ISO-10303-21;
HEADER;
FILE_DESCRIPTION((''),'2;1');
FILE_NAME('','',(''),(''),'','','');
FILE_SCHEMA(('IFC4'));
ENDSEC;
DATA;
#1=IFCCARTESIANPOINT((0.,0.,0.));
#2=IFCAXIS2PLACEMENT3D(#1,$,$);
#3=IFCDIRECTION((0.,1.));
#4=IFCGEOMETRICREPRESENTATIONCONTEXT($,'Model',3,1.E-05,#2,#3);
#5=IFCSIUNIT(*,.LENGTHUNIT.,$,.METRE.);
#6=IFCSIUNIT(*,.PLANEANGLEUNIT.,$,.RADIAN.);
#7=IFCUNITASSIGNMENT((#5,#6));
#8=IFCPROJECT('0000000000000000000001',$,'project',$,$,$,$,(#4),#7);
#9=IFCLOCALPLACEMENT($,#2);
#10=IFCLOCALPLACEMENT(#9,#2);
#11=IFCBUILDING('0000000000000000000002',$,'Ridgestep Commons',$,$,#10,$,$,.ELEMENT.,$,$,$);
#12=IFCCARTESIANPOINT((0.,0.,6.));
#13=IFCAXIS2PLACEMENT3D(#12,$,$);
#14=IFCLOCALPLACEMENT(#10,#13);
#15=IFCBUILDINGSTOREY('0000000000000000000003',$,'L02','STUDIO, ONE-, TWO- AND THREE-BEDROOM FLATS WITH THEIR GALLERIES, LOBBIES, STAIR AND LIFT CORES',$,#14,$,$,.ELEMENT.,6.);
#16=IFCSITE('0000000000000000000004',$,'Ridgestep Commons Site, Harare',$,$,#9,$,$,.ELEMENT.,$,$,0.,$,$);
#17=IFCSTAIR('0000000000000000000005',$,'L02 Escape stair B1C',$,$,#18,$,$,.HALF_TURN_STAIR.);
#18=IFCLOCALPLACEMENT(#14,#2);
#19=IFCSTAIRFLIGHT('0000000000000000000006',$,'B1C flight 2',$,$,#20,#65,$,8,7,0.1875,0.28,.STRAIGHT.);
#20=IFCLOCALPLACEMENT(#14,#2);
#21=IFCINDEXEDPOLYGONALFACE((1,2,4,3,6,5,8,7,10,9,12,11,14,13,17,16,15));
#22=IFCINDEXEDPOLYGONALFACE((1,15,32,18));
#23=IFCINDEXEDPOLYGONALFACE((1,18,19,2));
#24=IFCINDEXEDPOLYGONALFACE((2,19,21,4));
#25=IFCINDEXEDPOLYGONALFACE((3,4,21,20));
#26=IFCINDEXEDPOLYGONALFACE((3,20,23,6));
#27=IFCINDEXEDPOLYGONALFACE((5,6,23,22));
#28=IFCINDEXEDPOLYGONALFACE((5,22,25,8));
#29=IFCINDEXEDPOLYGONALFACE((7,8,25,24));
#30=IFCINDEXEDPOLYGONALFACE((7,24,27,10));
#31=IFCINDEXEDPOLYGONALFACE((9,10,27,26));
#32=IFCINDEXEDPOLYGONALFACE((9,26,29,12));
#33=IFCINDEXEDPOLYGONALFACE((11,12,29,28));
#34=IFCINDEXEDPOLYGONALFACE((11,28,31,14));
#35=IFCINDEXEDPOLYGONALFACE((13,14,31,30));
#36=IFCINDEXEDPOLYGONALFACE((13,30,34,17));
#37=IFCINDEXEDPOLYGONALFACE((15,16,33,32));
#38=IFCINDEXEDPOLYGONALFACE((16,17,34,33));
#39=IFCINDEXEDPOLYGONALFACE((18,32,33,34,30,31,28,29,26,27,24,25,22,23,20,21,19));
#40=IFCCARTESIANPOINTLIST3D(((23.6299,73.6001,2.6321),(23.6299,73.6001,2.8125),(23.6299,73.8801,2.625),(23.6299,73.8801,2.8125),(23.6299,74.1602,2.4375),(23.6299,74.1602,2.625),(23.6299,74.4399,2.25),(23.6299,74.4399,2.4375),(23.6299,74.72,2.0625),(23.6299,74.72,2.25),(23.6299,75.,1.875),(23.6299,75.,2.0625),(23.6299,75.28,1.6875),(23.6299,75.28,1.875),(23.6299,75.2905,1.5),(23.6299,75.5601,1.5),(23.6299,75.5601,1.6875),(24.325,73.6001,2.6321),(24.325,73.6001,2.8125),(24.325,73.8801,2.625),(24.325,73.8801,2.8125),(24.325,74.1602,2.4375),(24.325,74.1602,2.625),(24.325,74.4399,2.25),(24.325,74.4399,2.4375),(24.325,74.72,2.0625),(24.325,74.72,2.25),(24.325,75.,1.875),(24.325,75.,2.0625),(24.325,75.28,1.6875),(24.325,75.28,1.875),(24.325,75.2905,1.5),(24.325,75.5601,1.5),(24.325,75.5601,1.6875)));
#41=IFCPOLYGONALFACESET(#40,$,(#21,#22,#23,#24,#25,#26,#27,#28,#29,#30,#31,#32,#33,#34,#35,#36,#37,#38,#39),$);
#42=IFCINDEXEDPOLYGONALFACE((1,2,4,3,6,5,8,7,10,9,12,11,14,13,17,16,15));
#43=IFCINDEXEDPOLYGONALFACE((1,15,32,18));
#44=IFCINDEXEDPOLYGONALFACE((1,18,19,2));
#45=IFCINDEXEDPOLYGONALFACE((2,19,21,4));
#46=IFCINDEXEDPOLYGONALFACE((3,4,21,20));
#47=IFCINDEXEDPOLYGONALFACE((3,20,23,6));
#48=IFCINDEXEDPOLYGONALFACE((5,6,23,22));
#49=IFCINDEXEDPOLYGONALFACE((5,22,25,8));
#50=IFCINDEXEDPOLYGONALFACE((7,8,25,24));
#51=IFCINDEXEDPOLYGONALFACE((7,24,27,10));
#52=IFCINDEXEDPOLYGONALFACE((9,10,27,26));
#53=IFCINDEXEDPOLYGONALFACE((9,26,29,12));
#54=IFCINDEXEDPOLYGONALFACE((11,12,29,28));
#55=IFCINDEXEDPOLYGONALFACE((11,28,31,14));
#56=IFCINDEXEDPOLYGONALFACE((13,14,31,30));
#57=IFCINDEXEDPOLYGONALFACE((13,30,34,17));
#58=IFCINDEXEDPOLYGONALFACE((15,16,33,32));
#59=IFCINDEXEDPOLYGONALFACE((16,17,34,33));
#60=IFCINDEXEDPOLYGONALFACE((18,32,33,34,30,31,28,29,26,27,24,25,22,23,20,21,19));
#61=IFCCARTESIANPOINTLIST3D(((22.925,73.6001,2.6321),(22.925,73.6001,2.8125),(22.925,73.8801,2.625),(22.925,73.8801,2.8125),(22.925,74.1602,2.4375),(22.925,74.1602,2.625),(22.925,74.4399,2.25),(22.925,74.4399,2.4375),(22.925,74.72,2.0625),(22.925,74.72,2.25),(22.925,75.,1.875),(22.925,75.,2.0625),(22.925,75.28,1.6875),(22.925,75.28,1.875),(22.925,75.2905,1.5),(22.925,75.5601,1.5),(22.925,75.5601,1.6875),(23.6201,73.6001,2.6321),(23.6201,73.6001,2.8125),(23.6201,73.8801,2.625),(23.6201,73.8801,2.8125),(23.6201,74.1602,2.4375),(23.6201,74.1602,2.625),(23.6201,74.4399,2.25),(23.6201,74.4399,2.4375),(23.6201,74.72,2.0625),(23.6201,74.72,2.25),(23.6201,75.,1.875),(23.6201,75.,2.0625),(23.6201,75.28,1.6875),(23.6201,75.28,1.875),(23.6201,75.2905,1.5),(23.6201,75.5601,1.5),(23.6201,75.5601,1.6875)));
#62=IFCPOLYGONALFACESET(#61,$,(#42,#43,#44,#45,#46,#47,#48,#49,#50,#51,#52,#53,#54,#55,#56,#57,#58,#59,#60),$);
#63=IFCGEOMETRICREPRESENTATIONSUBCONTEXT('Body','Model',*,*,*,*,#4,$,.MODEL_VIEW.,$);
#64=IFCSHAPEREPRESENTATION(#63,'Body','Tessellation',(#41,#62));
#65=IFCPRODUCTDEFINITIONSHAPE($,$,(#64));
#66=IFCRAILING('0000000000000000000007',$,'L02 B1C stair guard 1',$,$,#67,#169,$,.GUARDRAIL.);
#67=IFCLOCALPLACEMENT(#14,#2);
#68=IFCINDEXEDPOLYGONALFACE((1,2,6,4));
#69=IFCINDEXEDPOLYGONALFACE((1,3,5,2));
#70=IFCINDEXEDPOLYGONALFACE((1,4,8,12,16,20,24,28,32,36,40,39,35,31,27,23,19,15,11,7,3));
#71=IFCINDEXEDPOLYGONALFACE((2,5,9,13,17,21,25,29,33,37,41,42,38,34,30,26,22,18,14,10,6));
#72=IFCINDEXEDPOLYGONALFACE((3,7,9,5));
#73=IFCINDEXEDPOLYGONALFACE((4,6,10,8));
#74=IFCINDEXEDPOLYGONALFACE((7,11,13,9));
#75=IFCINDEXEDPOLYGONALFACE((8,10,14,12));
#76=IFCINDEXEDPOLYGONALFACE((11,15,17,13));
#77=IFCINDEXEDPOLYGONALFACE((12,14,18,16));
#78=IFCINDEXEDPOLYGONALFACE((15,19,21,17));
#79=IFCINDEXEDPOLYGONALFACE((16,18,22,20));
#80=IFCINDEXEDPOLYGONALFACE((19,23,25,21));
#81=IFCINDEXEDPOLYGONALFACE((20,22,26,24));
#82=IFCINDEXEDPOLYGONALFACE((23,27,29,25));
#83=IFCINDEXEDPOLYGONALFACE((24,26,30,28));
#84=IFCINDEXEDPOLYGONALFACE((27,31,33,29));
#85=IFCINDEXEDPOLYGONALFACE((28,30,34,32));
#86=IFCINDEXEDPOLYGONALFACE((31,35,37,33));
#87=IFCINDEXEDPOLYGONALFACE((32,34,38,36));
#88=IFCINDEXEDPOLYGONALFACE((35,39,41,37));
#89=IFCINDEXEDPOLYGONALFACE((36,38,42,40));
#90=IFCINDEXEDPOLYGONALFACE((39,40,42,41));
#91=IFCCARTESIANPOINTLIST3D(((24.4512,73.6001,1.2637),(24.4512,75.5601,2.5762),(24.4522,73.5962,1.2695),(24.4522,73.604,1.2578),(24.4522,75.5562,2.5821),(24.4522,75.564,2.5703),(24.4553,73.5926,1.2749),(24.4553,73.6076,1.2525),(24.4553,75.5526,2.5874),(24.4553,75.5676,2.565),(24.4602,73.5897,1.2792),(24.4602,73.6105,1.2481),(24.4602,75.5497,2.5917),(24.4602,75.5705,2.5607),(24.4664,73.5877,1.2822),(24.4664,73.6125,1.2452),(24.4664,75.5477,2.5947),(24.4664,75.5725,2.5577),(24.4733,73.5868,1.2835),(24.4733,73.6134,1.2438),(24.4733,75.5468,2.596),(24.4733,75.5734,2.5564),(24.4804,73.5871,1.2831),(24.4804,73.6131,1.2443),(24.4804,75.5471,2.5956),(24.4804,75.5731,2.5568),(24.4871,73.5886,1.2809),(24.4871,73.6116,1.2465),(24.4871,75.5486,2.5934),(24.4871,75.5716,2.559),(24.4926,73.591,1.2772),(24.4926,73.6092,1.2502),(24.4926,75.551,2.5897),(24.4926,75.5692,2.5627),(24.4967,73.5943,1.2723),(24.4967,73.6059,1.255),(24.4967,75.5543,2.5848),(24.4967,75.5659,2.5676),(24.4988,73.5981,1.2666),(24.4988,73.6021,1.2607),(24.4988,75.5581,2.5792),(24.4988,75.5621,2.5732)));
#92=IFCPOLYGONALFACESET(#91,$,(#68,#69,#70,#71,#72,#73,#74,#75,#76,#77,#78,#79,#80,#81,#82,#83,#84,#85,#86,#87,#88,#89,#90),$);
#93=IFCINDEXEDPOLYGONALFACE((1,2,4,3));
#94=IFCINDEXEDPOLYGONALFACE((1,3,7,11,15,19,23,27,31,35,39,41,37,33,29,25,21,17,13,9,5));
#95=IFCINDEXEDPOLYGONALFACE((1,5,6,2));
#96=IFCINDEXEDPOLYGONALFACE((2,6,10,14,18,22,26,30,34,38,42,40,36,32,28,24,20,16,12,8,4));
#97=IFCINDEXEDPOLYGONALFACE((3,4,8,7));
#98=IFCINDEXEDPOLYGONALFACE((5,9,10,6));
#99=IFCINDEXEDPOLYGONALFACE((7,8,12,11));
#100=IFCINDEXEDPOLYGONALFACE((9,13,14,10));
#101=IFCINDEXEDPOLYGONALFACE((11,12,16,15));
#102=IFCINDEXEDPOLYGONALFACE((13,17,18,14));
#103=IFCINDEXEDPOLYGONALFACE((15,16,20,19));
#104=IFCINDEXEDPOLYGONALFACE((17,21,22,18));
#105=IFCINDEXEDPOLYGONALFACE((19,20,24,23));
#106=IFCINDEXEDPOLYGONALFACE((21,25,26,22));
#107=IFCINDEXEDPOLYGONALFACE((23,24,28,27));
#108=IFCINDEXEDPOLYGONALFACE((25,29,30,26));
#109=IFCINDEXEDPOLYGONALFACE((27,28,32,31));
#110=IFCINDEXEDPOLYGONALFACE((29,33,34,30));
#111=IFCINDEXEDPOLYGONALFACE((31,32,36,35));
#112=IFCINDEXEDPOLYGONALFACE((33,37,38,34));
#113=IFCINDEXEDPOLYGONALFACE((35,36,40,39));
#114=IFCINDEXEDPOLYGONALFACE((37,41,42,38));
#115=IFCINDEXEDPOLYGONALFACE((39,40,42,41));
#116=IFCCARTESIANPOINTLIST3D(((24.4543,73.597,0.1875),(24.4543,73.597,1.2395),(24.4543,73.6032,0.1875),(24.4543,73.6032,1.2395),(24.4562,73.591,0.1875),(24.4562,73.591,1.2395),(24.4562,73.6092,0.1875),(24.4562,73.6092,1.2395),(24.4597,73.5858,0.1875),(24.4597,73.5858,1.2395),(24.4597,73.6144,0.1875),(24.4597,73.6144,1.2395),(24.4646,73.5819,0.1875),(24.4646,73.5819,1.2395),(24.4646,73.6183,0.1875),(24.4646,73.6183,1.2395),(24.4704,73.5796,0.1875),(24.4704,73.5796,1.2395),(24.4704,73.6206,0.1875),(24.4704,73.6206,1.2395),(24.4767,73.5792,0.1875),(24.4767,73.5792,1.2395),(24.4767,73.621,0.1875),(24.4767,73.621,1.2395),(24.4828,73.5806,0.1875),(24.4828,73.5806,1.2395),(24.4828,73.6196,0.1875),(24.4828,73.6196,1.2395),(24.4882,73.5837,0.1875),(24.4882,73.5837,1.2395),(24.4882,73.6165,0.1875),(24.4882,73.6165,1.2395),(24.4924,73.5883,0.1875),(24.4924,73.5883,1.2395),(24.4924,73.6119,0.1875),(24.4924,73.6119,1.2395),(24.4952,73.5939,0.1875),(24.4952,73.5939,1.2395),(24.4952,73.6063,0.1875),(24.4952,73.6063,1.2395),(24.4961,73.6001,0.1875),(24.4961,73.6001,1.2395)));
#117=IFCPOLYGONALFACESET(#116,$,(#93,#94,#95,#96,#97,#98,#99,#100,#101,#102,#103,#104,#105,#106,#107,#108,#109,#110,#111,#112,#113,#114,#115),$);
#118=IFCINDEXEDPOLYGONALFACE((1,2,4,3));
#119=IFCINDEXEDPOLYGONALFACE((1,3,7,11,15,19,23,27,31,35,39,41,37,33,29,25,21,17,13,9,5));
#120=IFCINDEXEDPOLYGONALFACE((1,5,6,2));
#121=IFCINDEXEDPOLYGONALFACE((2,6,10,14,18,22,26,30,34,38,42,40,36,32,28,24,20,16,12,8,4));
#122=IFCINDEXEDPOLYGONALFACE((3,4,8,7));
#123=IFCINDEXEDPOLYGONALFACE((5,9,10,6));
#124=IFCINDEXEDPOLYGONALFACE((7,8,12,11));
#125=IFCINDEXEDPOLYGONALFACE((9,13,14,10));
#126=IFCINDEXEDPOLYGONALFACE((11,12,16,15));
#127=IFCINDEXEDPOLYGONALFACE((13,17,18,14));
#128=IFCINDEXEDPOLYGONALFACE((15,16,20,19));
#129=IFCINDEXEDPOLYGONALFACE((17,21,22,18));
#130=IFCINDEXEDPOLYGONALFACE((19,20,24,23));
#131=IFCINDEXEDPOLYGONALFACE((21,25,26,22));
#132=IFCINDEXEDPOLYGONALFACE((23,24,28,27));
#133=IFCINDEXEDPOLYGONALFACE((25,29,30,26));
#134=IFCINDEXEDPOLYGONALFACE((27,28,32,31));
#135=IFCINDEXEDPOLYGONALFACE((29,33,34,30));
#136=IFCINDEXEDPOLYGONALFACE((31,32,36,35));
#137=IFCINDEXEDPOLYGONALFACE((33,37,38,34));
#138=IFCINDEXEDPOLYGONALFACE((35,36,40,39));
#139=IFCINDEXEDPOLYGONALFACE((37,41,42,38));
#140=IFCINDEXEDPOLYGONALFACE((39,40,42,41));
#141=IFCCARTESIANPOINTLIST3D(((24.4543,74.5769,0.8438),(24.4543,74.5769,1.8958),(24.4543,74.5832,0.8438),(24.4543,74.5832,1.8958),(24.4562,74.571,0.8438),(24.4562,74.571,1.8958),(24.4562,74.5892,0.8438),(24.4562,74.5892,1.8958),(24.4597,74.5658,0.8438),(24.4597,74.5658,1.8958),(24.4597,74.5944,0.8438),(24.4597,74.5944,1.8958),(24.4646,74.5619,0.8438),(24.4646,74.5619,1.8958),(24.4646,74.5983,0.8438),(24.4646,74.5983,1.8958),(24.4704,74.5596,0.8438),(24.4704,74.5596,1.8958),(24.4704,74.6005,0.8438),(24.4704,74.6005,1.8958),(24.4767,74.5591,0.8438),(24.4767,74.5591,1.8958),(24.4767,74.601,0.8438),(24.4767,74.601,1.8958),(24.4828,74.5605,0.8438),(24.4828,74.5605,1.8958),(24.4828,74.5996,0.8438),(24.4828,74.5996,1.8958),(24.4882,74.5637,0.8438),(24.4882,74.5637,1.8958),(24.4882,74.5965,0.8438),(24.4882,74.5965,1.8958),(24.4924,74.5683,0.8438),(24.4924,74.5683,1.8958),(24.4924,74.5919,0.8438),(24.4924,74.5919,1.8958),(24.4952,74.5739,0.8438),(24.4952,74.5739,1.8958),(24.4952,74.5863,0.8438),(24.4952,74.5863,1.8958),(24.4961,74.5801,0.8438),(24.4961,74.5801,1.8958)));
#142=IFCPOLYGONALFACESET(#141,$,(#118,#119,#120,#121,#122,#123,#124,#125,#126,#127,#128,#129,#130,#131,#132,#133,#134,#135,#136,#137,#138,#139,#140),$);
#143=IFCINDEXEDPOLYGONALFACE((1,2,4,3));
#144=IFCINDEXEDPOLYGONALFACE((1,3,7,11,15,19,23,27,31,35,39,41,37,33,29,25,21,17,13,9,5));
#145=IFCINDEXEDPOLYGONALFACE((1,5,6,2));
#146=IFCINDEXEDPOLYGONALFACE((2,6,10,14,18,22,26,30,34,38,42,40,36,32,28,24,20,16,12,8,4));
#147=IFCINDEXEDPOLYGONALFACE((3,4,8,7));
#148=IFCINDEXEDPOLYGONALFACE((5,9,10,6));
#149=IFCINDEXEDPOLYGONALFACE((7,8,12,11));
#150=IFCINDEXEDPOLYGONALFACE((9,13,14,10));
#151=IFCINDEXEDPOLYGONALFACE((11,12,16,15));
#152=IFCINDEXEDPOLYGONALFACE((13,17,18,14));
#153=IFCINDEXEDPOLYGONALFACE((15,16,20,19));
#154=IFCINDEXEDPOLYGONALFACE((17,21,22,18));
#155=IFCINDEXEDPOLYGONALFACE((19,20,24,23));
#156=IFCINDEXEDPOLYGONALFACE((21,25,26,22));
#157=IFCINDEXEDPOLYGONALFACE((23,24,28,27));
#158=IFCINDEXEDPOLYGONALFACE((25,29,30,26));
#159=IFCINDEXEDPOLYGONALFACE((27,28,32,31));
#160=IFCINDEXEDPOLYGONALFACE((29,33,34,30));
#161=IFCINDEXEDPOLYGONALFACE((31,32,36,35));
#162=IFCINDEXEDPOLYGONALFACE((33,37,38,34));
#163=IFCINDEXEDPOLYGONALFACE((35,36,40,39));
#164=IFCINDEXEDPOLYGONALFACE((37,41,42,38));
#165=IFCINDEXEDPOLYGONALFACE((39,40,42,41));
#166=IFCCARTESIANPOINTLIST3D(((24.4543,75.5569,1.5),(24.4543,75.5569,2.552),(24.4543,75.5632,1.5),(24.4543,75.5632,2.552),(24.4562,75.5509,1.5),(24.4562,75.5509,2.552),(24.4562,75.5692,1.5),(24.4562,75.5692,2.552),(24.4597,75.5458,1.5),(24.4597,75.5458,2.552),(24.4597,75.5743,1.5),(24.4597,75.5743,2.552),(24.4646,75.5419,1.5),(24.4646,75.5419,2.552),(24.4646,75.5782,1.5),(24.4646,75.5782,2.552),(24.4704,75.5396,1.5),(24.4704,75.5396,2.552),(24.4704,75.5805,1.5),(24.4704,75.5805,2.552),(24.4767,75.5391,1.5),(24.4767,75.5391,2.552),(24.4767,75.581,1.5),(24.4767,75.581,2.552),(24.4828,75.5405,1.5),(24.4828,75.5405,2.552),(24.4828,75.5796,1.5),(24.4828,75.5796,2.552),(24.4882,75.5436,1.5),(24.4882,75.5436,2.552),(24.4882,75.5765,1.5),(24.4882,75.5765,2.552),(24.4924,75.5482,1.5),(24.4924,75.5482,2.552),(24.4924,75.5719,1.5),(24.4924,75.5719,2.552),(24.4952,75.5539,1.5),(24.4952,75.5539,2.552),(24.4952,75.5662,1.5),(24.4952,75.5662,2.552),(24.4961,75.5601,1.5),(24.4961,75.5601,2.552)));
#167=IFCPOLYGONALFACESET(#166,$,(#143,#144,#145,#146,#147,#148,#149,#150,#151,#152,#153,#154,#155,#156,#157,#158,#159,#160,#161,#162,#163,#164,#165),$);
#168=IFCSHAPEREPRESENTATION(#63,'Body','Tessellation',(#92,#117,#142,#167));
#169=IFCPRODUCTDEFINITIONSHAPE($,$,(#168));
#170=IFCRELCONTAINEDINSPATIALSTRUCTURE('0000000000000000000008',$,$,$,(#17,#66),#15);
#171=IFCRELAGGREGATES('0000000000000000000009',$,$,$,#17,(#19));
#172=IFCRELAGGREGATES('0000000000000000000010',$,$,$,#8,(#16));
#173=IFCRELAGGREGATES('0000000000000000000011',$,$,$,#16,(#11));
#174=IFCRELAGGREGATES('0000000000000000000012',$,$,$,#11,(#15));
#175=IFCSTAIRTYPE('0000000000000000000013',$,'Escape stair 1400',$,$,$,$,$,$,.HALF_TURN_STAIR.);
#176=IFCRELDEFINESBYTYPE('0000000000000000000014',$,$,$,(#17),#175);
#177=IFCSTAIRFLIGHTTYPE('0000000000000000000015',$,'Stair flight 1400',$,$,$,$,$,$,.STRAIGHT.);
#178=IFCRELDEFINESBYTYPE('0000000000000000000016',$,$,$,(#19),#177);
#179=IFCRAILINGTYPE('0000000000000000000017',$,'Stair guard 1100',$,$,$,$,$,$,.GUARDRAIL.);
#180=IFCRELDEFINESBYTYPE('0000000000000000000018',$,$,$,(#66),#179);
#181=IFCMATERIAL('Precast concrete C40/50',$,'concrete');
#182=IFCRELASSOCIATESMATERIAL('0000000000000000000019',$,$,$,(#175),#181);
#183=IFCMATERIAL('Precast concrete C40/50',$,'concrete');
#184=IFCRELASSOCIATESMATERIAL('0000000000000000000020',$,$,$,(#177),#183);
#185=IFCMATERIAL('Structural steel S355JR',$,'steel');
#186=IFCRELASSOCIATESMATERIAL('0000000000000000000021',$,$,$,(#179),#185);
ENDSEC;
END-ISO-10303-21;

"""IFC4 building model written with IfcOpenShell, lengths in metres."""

from ifc_helpers import new_model, si_unit, direction, frame, origin, origin_2d, place, context, subcontext, project, spatial, polyline, circle, outline, extrude, material, type_object, element, aggregate, save


model = new_model("IFC4")

# Units and contexts
model_context = context("Model", 3, precision=1e-05, world=origin(), true_north=direction((0.0, 1.0)))
body_context = subcontext(model_context, "Body", "Model", "MODEL_VIEW")
ifc_project = project(units=[si_unit("LENGTHUNIT", "METRE"), si_unit("PLANEANGLEUNIT", "RADIAN")], contexts=[model_context])

# Site, building, storey
site_placement = place(None, origin())
site = spatial("IfcSite", under=ifc_project, at=site_placement, Name="Ridgestep Commons Site, Harare", CompositionType="ELEMENT", RefElevation=0.0)
building_placement = place(site_placement, origin())
building = spatial("IfcBuilding", under=site, at=building_placement, Name="Ridgestep Commons", CompositionType="ELEMENT")
storey_placement = place(building_placement, frame((0.0, 0.0, 6.0)))
storey = spatial("IfcBuildingStorey", under=building, at=storey_placement, Name="L02", Description="STUDIO, ONE-, TWO- AND THREE-BEDROOM FLATS WITH THEIR GALLERIES, LOBBIES, STAIR AND LIFT CORES", CompositionType="ELEMENT", Elevation=6.0)

# Stair, stair flight
ifc_material_1 = material(Name="Precast concrete C40/50", Category="concrete")
stair_type = type_object("IfcStairType", Name="Escape stair 1400", PredefinedType="HALF_TURN_STAIR", material=ifc_material_1)
stair_placement = place(storey_placement, origin())
stair = element("IfcStair", 1, at=stair_placement, inside=storey, type_object=stair_type, Name="L02 Escape stair B1C", PredefinedType="HALF_TURN_STAIR")
ifc_material_2 = material(Name="Precast concrete C40/50", Category="concrete")
stair_flight_type = type_object("IfcStairFlightType", Name="Stair flight 1400", PredefinedType="STRAIGHT", material=ifc_material_2)
stair_flight_placement = place(storey_placement, frame((23.625, 75.5601, 1.5), z_axis=(0.0, 0.0, 1.0), x_axis=(0.0, -1.0, 0.0)))
stair_flight = element("IfcStairFlight", 2, at=stair_flight_placement, type_object=stair_flight_type, Name="B1C flight 2", NumberOfRisers=8, NumberOfTreads=7, PredefinedType="STRAIGHT", RiserHeight=0.1875, TreadLength=0.28, context=body_context, shape_type="SweptSolid", body=[
    extrude(outline(polyline([(0.0, 0.0), (0.0, 0.1875), (0.28, 0.1875), (0.28, 0.375), (0.5601, 0.375), (0.5601, 0.5625), (0.8401, 0.5625), (0.8401, 0.75), (1.1201, 0.75), (1.1201, 0.9375), (1.3999, 0.9375), (1.3999, 1.125), (1.6799, 1.125), (1.6799, 1.3125), (1.96, 1.3125), (1.96, 1.5), (1.96, 1.1321), (0.2695, 0.0), (0.0, 0.0)])), frame((0.0, 0.7, 0.0), z_axis=(0.0, -1.0, 0.0), x_axis=(1.0, 0.0, 0.0)), (0.0, 0.0, 1.0), 0.6951),
    extrude(outline(polyline([(0.0, 0.0), (0.0, 0.1875), (0.28, 0.1875), (0.28, 0.375), (0.5601, 0.375), (0.5601, 0.5625), (0.8401, 0.5625), (0.8401, 0.75), (1.1201, 0.75), (1.1201, 0.9375), (1.3999, 0.9375), (1.3999, 1.125), (1.6799, 1.125), (1.6799, 1.3125), (1.96, 1.3125), (1.96, 1.5), (1.96, 1.1321), (0.2695, 0.0), (0.0, 0.0)])), frame((0.0, -0.0049, 0.0), z_axis=(0.0, -1.0, 0.0), x_axis=(1.0, 0.0, 0.0)), (0.0, 0.0, 1.0), 0.6951),
])
aggregate(stair, [stair_flight])

# Railing
ifc_material_3 = material(Name="Structural steel S355JR", Category="steel")
railing_type_1 = type_object("IfcRailingType", Name="Stair guard 1100", PredefinedType="GUARDRAIL", material=ifc_material_3)
railing_1_placement = place(storey_placement, frame((24.4751, 73.6001, 0.1875)))
element("IfcRailing", 3, at=railing_1_placement, inside=storey, type_object=railing_type_1, Name="L02 B1C stair guard 1", PredefinedType="GUARDRAIL", context=body_context, shape_type="SweptSolid", body=[
    extrude(circle(Radius=0.0239, at=origin_2d()), frame((0.0, 0.0, 1.0762), z_axis=(0.0, 0.830902, 0.556419), x_axis=(-1.0, 0.0, 0.0)), (0.0, 0.0, 1.0), 2.3589),
    extrude(circle(Radius=0.021, at=origin_2d()), origin(), (0.0, 0.0, 1.0), 1.052),
    extrude(circle(Radius=0.021, at=origin_2d()), frame((0.0, 0.98, 0.6562)), (0.0, 0.0, 1.0), 1.052),
    extrude(circle(Radius=0.021, at=origin_2d()), frame((0.0, 1.96, 1.3125)), (0.0, 0.0, 1.0), 1.052),
])

save(model, "model.ifc")
